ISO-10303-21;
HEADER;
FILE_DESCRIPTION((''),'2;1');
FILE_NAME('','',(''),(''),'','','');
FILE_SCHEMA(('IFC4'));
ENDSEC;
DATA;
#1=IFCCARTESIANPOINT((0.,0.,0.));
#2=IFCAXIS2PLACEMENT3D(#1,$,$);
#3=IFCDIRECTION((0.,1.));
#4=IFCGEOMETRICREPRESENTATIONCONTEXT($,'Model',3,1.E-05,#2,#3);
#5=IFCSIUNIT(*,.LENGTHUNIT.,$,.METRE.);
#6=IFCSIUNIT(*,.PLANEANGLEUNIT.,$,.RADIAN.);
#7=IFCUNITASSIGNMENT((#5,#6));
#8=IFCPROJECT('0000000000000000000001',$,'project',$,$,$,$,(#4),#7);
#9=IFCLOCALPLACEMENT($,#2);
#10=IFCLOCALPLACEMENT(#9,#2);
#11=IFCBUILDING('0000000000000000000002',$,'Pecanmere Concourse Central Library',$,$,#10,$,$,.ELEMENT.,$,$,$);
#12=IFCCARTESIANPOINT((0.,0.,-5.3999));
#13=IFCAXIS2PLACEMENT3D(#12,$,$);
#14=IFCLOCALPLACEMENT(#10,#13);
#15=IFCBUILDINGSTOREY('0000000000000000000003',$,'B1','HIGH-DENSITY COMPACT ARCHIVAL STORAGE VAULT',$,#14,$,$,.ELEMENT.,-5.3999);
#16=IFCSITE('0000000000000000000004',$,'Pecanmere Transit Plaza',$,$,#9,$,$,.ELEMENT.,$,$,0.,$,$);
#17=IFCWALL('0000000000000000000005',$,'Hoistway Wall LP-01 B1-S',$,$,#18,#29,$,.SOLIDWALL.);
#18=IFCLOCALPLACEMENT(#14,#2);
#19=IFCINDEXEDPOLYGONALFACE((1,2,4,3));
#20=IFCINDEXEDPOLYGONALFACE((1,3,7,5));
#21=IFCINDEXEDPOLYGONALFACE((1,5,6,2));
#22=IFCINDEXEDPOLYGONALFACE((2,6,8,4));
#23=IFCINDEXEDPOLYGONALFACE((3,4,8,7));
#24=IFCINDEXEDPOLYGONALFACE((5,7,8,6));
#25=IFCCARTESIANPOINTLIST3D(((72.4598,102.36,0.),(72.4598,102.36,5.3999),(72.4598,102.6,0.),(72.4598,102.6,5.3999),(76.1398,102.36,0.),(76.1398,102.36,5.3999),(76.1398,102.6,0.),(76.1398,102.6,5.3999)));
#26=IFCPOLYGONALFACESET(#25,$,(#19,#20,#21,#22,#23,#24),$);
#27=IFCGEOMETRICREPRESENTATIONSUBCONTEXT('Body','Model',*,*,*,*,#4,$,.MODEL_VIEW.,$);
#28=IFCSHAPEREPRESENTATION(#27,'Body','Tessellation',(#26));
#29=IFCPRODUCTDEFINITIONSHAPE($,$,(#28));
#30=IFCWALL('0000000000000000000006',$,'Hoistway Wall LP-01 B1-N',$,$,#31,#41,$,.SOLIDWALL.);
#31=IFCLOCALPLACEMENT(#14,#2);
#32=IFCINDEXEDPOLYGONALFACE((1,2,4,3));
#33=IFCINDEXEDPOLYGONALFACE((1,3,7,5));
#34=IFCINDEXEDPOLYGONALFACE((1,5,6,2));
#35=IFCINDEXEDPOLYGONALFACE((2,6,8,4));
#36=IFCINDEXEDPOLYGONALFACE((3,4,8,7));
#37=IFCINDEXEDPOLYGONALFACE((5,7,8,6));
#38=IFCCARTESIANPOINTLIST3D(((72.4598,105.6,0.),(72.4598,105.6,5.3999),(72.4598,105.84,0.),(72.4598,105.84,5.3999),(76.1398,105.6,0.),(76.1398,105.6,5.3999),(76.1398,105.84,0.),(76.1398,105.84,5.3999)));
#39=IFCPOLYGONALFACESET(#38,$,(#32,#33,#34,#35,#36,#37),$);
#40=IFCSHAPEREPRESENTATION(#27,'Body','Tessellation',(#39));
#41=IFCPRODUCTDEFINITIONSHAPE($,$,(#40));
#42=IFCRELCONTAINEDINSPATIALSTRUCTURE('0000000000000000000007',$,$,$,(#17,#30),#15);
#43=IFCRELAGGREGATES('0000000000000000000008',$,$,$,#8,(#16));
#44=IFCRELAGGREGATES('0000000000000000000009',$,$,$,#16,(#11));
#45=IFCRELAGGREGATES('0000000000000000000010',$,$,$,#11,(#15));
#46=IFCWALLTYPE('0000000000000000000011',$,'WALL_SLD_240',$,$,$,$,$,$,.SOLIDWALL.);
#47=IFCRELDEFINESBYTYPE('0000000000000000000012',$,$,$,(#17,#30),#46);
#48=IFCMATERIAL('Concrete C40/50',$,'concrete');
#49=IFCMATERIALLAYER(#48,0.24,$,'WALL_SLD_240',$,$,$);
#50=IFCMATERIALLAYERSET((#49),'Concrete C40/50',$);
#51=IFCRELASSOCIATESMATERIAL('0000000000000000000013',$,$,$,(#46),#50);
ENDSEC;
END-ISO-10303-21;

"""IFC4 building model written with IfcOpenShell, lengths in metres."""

from ifc_helpers import new_model, si_unit, direction, frame, frame_2d, origin, place, context, subcontext, project, spatial, rectangle, extrude, material, layer, layer_set, type_object, element, save


model = new_model("IFC4")

# Units and contexts
model_context = context("Model", 3, precision=1e-05, world=origin(), true_north=direction((0.0, 1.0)))
body_context = subcontext(model_context, "Body", "Model", "MODEL_VIEW")
ifc_project = project(units=[si_unit("LENGTHUNIT", "METRE"), si_unit("PLANEANGLEUNIT", "RADIAN")], contexts=[model_context])

# Site, building, storey
site_placement = place(None, origin())
site = spatial("IfcSite", under=ifc_project, at=site_placement, Name="Pecanmere Transit Plaza", CompositionType="ELEMENT", RefElevation=0.0)
building_placement = place(site_placement, origin())
building = spatial("IfcBuilding", under=site, at=building_placement, Name="Pecanmere Concourse Central Library", CompositionType="ELEMENT")
storey_placement = place(building_placement, frame((0.0, 0.0, -5.3999)))
storey = spatial("IfcBuildingStorey", under=building, at=storey_placement, Name="B1", Description="HIGH-DENSITY COMPACT ARCHIVAL STORAGE VAULT", CompositionType="ELEMENT", Elevation=-5.3999)

# Walls
ifc_material_1 = material(Name="Concrete C40/50", Category="concrete")
ifc_layer = layer(ifc_material_1, 0.24, Name="WALL_SLD_240")
ifc_layer_set = layer_set([ifc_layer], Name="Concrete C40/50")
wall_type = type_object("IfcWallType", Name="WALL_SLD_240", PredefinedType="SOLIDWALL", material=ifc_layer_set)
for number, where, z_axis, x_axis, name in (
    (1, (72.46, 102.48, 0.0), (0.0, 0.0, 1.0), (1.0, 0.0, 0.0), "Hoistway Wall LP-01 B1-S"),
    (2, (72.46, 105.72, 0.0), (0.0, 0.0, 1.0), (1.0, 0.0, 0.0), "Hoistway Wall LP-01 B1-N"),
):
    element("IfcWall", number, at=place(storey_placement, frame(where, z_axis=z_axis, x_axis=x_axis)), inside=storey, type_object=wall_type, Name=name, PredefinedType="SOLIDWALL", context=body_context, shape_type="SweptSolid", body=[
        extrude(rectangle(XDim=3.6799, YDim=0.24, at=frame_2d((1.8398, 0.0))), origin(), (0.0, 0.0, 1.0), 5.3999),
    ])

save(model, "model.ifc")
